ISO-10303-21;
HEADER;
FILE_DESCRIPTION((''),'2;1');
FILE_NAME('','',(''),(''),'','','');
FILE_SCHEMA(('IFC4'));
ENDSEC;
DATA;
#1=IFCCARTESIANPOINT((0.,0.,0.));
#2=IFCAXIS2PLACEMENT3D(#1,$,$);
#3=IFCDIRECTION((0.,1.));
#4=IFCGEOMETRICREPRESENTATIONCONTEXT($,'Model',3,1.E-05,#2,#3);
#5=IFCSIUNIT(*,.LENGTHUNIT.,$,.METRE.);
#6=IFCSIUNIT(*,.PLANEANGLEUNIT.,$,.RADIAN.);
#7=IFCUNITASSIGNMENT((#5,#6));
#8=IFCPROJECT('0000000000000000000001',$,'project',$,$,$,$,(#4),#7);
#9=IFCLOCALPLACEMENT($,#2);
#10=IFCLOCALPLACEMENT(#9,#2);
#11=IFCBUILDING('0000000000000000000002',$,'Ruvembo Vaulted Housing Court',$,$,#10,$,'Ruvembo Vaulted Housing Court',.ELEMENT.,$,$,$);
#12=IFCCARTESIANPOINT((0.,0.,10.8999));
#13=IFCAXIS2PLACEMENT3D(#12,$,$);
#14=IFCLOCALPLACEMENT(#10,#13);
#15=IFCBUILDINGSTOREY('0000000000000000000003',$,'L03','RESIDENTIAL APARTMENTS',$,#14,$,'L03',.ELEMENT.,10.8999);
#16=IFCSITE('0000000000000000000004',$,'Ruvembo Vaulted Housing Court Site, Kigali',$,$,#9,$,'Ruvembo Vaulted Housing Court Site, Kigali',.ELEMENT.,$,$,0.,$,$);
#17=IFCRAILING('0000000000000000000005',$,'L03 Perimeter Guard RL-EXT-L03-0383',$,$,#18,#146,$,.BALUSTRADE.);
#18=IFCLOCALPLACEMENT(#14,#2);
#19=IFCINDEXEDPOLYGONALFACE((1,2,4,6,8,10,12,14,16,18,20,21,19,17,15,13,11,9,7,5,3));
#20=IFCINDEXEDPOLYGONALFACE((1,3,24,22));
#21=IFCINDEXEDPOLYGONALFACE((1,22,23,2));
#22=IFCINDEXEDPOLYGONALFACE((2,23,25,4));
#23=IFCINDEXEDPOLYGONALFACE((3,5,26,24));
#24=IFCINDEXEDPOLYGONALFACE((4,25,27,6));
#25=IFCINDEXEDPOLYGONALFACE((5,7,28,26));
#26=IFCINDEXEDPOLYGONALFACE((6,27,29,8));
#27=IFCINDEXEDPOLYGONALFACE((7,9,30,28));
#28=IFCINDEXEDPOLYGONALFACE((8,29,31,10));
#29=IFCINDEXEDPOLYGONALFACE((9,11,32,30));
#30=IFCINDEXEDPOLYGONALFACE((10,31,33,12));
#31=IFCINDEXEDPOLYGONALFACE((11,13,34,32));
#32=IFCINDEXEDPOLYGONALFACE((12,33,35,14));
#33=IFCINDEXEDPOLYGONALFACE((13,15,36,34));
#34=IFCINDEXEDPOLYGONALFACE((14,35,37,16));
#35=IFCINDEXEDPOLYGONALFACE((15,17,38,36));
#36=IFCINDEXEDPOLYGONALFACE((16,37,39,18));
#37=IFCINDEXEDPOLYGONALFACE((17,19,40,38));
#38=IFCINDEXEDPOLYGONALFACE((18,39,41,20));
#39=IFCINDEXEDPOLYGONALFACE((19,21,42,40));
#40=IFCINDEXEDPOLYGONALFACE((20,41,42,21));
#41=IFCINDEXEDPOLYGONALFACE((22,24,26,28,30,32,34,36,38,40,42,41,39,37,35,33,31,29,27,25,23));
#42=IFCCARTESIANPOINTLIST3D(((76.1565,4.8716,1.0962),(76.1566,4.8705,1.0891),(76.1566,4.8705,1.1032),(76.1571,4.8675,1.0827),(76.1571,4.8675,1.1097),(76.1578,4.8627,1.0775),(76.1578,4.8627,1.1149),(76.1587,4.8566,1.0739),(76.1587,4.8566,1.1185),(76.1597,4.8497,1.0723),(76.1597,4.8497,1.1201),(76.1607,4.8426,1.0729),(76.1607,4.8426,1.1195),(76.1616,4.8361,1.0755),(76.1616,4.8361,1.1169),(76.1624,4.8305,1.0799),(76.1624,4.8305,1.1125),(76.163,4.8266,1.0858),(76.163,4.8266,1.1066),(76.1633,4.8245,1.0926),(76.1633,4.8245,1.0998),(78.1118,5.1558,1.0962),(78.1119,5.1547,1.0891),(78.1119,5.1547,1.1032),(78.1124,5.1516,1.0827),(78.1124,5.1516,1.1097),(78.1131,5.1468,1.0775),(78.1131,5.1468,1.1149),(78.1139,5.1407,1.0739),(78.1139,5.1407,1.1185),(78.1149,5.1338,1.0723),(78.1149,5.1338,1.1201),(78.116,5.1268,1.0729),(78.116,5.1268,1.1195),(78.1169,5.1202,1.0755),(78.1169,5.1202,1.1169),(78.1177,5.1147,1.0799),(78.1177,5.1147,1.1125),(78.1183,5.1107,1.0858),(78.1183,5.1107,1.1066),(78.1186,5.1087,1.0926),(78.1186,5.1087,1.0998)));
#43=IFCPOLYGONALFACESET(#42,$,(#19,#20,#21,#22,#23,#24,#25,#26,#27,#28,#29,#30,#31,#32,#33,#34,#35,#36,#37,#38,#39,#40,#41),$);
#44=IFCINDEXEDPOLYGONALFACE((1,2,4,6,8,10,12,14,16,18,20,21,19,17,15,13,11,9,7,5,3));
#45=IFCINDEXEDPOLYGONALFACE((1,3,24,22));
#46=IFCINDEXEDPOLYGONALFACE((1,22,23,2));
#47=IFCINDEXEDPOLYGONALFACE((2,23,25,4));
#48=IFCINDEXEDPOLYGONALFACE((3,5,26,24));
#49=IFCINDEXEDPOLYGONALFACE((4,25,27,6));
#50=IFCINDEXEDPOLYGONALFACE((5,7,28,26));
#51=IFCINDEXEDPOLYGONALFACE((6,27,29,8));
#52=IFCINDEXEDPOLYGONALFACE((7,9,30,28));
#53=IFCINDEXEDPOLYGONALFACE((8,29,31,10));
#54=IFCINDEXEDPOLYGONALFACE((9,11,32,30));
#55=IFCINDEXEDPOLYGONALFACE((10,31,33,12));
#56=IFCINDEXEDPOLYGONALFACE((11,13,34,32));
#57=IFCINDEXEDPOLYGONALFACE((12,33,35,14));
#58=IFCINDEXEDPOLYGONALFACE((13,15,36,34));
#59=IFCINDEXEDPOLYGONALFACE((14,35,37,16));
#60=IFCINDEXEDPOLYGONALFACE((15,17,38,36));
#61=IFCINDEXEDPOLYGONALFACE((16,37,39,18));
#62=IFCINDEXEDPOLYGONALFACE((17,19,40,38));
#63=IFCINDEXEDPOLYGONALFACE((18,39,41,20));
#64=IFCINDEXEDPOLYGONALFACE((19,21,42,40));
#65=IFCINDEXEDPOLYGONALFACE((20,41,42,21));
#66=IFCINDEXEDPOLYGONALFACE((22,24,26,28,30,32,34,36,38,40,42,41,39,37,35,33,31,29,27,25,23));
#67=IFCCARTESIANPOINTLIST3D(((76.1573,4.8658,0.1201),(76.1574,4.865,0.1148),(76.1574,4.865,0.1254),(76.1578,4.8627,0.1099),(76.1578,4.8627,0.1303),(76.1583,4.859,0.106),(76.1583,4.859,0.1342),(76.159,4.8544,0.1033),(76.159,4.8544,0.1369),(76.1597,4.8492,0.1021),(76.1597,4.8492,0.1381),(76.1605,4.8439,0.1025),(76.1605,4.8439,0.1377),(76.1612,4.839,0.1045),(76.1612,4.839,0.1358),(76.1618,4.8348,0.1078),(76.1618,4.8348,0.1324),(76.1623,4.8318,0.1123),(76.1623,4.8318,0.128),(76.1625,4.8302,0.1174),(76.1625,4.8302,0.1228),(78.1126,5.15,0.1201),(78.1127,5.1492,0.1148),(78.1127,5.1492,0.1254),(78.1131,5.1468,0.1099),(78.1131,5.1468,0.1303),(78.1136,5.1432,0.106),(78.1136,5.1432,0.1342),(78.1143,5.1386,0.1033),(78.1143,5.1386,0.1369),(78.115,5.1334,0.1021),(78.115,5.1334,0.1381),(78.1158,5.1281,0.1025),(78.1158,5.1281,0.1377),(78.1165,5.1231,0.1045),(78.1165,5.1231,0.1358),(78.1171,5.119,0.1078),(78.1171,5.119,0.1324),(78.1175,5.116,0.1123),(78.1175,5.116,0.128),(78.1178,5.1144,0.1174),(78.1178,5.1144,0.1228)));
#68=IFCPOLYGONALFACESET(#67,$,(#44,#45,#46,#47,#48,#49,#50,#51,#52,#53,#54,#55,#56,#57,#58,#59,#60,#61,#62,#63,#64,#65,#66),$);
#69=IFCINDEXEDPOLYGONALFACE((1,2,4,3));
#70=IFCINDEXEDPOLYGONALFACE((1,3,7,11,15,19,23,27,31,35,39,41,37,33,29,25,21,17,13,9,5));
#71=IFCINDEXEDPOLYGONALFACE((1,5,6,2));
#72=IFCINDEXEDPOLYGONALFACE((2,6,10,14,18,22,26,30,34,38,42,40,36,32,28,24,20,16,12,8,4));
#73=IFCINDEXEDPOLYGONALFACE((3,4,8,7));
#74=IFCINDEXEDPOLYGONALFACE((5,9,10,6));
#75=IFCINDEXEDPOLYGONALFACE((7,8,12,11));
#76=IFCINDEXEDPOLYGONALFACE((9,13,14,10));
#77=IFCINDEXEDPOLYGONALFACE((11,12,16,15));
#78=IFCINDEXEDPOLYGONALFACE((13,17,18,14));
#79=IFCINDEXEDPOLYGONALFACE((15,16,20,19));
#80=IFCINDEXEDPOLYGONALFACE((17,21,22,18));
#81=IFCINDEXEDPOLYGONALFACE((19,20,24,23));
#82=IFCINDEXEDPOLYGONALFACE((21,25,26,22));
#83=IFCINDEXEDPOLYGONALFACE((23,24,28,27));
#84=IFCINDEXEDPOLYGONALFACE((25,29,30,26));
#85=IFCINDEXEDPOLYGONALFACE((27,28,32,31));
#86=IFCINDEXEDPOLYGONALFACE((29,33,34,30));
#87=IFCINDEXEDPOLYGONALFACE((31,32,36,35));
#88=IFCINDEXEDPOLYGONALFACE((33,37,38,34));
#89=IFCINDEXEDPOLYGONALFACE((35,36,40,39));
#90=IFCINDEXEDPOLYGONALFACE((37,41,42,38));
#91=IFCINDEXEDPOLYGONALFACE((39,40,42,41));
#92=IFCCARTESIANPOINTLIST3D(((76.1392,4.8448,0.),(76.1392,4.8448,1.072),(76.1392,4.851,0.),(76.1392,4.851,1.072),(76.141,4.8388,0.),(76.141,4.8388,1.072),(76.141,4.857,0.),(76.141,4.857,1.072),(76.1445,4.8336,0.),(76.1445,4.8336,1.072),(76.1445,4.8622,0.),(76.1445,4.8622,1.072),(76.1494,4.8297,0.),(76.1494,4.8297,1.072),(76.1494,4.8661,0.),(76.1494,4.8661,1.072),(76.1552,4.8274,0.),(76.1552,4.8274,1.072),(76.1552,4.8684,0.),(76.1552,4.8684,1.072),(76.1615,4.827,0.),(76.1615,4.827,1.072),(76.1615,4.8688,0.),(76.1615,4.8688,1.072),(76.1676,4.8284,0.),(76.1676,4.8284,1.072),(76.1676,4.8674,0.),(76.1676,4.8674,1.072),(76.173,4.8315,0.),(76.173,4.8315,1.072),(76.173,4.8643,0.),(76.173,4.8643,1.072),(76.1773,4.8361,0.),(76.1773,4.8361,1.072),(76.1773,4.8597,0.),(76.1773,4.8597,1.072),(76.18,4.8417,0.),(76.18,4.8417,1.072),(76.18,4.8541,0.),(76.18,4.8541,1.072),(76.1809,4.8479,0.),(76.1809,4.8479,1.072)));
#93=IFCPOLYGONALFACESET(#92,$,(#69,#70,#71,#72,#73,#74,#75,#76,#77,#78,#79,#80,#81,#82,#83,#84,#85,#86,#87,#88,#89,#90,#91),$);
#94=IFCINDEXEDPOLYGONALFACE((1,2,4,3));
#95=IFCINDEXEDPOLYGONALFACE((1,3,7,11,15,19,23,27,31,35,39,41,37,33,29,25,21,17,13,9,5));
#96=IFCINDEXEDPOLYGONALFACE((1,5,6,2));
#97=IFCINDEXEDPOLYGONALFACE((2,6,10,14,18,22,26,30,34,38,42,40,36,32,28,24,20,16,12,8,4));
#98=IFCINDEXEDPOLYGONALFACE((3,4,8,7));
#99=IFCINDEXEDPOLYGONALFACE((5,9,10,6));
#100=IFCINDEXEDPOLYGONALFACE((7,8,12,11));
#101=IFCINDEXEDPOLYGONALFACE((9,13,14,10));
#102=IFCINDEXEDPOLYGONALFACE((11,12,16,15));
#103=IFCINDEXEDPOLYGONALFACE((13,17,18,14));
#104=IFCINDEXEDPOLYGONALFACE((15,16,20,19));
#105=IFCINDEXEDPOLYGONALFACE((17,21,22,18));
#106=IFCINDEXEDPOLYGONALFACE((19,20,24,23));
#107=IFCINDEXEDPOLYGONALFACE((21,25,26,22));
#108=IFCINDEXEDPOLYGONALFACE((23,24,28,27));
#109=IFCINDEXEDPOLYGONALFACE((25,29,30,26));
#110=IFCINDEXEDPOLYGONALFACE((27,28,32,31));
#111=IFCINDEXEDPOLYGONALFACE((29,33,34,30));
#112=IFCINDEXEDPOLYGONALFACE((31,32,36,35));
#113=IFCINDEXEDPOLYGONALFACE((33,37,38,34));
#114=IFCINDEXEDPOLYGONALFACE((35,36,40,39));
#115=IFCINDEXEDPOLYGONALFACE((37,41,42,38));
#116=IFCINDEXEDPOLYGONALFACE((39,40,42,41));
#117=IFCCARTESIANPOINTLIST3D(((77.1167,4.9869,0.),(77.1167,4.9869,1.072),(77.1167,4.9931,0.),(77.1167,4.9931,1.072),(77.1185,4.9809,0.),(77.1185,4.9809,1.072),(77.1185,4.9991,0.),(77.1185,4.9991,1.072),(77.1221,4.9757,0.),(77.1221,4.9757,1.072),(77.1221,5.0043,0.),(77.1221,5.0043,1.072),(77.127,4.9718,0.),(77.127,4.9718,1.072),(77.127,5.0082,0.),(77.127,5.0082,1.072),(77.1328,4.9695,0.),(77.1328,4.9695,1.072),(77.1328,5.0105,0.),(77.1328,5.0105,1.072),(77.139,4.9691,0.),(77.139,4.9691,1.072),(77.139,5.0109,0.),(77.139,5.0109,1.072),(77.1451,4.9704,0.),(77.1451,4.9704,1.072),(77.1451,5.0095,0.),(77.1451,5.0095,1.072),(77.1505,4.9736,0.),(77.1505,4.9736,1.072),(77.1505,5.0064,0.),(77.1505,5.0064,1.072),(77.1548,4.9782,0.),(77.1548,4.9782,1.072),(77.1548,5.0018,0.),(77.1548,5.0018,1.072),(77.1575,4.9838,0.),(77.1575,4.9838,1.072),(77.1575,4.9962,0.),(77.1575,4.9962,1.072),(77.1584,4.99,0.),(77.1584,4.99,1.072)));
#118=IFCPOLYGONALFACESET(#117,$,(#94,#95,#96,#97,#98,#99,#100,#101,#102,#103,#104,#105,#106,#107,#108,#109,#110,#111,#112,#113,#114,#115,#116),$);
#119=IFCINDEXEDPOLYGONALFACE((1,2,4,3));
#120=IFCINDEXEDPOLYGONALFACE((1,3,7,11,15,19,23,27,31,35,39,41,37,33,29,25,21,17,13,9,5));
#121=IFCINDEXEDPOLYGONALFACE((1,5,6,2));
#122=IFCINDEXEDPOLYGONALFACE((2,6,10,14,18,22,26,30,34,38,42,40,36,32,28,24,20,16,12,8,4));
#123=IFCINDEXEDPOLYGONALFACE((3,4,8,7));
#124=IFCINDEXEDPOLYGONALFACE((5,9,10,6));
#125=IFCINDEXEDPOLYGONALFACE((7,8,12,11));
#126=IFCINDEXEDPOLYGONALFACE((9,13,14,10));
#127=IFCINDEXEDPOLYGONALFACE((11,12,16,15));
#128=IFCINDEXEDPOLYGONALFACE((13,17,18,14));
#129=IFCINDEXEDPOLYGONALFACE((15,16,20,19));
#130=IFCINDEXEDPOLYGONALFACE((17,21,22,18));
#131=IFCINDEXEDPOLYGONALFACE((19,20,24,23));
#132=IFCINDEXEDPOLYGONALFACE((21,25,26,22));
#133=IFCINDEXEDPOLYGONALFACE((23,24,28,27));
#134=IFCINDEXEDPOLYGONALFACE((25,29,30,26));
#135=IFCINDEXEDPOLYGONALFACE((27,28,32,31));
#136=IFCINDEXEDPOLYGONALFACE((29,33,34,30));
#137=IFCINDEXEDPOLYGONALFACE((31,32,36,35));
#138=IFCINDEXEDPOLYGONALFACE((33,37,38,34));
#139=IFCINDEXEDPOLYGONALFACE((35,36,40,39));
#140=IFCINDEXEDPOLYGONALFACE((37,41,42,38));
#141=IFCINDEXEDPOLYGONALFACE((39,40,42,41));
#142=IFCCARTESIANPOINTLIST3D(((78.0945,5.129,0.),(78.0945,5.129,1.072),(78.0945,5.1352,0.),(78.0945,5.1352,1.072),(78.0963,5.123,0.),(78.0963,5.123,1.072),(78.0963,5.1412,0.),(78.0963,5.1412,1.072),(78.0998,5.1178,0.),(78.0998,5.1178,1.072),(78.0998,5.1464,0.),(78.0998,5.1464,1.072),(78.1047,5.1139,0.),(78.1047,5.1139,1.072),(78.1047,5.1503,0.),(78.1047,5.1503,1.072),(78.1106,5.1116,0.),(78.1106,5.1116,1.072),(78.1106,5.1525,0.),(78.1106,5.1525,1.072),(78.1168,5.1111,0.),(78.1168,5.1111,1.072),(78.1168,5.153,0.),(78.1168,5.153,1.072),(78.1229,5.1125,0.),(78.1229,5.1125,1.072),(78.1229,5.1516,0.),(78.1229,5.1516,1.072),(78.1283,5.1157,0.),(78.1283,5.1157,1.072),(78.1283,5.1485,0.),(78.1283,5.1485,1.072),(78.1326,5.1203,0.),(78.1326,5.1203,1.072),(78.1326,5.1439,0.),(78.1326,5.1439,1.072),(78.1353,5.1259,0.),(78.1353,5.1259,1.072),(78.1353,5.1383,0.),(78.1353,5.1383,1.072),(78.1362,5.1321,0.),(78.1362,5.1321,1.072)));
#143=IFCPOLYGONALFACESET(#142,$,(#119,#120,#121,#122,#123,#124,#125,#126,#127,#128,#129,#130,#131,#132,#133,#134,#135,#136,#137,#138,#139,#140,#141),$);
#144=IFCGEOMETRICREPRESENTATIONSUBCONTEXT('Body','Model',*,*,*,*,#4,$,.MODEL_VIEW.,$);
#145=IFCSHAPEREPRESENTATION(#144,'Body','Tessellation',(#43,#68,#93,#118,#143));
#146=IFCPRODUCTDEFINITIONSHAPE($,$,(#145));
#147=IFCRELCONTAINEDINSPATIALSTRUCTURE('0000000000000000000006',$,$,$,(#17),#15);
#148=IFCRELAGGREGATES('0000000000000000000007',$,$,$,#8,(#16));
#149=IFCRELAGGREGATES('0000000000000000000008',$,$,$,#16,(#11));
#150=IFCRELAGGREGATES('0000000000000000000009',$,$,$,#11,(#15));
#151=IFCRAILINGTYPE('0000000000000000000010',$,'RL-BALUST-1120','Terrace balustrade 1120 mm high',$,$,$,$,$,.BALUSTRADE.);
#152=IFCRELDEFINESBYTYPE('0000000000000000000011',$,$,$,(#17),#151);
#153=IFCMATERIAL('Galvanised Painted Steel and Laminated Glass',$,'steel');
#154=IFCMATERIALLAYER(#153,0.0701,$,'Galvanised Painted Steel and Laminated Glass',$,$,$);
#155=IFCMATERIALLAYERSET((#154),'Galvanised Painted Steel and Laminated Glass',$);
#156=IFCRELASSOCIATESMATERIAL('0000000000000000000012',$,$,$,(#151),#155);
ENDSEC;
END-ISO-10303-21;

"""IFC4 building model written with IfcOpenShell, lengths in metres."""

from ifc_helpers import new_model, si_unit, direction, frame, origin, origin_2d, place, context, subcontext, project, spatial, circle, extrude, material, layer, layer_set, type_object, element, save


model = new_model("IFC4")

# Units and contexts
model_context = context("Model", 3, precision=1e-05, world=origin(), true_north=direction((0.0, 1.0)))
body_context = subcontext(model_context, "Body", "Model", "MODEL_VIEW")
ifc_project = project(units=[si_unit("LENGTHUNIT", "METRE"), si_unit("PLANEANGLEUNIT", "RADIAN")], contexts=[model_context])

# Site, building, storey
site_placement = place(None, origin())
site = spatial("IfcSite", under=ifc_project, at=site_placement, Name="Ruvembo Vaulted Housing Court Site, Kigali", LongName="Ruvembo Vaulted Housing Court Site, Kigali", CompositionType="ELEMENT", RefElevation=0.0)
building_placement = place(site_placement, origin())
building = spatial("IfcBuilding", under=site, at=building_placement, Name="Ruvembo Vaulted Housing Court", LongName="Ruvembo Vaulted Housing Court", CompositionType="ELEMENT")
storey_placement = place(building_placement, frame((0.0, 0.0, 10.8999)))
storey = spatial("IfcBuildingStorey", under=building, at=storey_placement, Name="L03", Description="RESIDENTIAL APARTMENTS", LongName="L03", CompositionType="ELEMENT", Elevation=10.8999)

# Railing
ifc_material_1 = material(Name="Galvanised Painted Steel and Laminated Glass", Category="steel")
ifc_layer_1 = layer(ifc_material_1, 0.0701, Name="Galvanised Painted Steel and Laminated Glass")
ifc_layer_set_1 = layer_set([ifc_layer_1], Name="Galvanised Painted Steel and Laminated Glass")
railing_type = type_object("IfcRailingType", Name="RL-BALUST-1120", Description="Terrace balustrade 1120 mm high", PredefinedType="BALUSTRADE", material=ifc_layer_set_1)
railing_placement = place(storey_placement, frame((76.1599, 4.8479, 0.0)))
element("IfcRailing", 1, at=railing_placement, inside=storey, type_object=railing_type, Name="L03 Perimeter Guard RL-EXT-L03-0383", PredefinedType="BALUSTRADE", context=body_context, shape_type="SweptSolid", body=[
    extrude(circle(Radius=0.0239, at=origin_2d()), frame((0.0, 0.0, 1.0962), z_axis=(0.989603, 0.143825, 0.0), x_axis=(-0.143825, 0.989603, 0.0)), (0.0, 0.0, 1.0), 1.9758),
    extrude(circle(Radius=0.0181, at=origin_2d()), frame((0.0, 0.0, 0.1201), z_axis=(0.989603, 0.143825, 0.0), x_axis=(-0.143825, 0.989603, 0.0)), (0.0, 0.0, 1.0), 1.9758),
    extrude(circle(Radius=0.021, at=origin_2d()), origin(), (0.0, 0.0, 1.0), 1.072),
    extrude(circle(Radius=0.021, at=origin_2d()), frame((0.9775, 0.1421, 0.0)), (0.0, 0.0, 1.0), 1.072),
    extrude(circle(Radius=0.021, at=origin_2d()), frame((1.9553, 0.2842, 0.0)), (0.0, 0.0, 1.0), 1.072),
])

save(model, "model.ifc")
